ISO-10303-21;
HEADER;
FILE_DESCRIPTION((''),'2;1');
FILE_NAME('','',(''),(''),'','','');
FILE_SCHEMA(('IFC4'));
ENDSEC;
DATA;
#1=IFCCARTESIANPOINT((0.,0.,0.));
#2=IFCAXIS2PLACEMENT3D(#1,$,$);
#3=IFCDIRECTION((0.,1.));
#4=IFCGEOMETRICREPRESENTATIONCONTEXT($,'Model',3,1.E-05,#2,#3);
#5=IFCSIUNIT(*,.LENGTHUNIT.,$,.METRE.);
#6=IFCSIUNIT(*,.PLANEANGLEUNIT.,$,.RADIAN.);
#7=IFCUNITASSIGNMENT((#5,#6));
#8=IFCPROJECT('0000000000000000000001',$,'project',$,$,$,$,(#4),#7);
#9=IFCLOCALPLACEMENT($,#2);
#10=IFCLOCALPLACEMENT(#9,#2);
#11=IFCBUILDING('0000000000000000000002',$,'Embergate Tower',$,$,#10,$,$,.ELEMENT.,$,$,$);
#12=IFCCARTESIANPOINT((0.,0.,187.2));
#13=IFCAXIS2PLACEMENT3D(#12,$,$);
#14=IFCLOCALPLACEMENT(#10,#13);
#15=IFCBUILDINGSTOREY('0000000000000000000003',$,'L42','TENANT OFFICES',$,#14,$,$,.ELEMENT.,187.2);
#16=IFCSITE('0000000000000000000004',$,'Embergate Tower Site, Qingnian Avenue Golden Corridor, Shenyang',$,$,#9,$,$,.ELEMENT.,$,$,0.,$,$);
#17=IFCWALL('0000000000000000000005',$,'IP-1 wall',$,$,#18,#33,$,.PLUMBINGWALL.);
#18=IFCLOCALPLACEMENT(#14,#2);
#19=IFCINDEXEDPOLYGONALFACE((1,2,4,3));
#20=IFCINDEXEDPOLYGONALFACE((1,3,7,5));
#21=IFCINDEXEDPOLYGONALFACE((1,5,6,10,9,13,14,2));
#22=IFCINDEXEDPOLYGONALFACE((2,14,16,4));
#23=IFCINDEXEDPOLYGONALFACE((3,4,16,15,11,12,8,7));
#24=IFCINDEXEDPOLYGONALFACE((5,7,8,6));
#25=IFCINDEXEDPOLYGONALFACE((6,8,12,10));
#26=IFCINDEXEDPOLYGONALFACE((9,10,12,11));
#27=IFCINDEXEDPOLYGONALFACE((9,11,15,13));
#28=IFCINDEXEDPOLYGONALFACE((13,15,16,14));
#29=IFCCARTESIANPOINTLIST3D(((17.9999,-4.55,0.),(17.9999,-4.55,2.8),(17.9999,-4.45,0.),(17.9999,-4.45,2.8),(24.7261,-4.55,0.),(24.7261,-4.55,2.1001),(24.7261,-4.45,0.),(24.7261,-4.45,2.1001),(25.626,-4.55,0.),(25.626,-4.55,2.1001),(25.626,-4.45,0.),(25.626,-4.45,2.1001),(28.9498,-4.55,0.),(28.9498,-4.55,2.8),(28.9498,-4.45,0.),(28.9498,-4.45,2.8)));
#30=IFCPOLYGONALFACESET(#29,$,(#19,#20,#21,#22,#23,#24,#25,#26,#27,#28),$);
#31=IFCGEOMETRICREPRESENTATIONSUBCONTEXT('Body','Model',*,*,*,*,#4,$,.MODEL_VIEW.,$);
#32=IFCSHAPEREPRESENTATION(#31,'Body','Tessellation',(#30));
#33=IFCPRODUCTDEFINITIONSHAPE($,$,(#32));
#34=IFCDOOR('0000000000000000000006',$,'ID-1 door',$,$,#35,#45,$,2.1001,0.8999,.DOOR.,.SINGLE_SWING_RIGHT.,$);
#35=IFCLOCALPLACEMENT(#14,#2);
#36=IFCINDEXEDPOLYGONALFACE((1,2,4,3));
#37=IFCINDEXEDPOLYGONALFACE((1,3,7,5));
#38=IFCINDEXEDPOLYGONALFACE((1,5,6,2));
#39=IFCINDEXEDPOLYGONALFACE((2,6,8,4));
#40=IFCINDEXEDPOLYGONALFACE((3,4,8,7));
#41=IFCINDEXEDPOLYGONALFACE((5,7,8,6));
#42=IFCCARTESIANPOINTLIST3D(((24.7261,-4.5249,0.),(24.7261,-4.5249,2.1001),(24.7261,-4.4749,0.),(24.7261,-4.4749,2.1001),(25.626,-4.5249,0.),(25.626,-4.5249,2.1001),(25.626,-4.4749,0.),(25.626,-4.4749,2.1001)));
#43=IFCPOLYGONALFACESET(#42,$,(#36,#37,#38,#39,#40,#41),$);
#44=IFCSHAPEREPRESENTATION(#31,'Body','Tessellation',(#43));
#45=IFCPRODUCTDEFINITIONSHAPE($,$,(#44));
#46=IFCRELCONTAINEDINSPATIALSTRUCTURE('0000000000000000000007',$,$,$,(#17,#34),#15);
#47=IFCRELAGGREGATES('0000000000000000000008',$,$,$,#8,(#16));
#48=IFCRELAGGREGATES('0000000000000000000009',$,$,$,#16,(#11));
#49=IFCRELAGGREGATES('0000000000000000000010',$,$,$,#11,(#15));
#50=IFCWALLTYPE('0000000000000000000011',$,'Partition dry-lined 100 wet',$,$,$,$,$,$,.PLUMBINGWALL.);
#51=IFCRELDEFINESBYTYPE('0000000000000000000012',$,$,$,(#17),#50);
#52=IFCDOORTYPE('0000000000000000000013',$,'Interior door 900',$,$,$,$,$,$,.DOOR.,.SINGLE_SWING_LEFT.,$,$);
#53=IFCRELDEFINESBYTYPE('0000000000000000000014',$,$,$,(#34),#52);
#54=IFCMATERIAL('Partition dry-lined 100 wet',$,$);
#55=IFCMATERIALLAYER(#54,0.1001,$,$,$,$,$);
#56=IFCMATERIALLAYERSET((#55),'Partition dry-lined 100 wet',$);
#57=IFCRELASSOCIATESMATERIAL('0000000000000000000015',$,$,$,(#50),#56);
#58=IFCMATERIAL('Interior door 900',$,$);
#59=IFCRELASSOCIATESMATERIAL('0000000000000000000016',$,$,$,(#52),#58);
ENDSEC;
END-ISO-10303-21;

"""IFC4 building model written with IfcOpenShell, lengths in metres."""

from ifc_helpers import new_model, si_unit, direction, frame, frame_2d, origin, place, context, subcontext, project, spatial, rectangle, extrude, source, transform, mapped, material, layer, layer_set, type_object, element, fill, save


model = new_model("IFC4")

# Units and contexts
model_context = context("Model", 3, precision=1e-05, world=origin(), true_north=direction((0.0, 1.0)))
body_context = subcontext(model_context, "Body", "Model", "MODEL_VIEW")
ifc_project = project(units=[si_unit("LENGTHUNIT", "METRE"), si_unit("PLANEANGLEUNIT", "RADIAN")], contexts=[model_context])

# Site, building, storey
site_placement = place(None, origin())
site = spatial("IfcSite", under=ifc_project, at=site_placement, Name="Embergate Tower Site, Qingnian Avenue Golden Corridor, Shenyang", CompositionType="ELEMENT", RefElevation=0.0)
building_placement = place(site_placement, origin())
building = spatial("IfcBuilding", under=site, at=building_placement, Name="Embergate Tower", CompositionType="ELEMENT")
storey_placement = place(building_placement, frame((0.0, 0.0, 187.2)))
storey = spatial("IfcBuildingStorey", under=building, at=storey_placement, Name="L42", Description="TENANT OFFICES", CompositionType="ELEMENT", Elevation=187.2)

# Wall, opening, door
shared_shape_1 = source(origin(), body_context, "Body", "SweptSolid", [
    extrude(rectangle(XDim=0.8999, YDim=2.1001, at=frame_2d((0.45, 1.05))), frame((0.0, 0.0249, 0.0), z_axis=(0.0, -1.0, 0.0), x_axis=(1.0, 0.0, 0.0)), (0.0, 0.0, 1.0), 0.05),
])
ifc_material_1 = material(Name="Partition dry-lined 100 wet")
ifc_layer_1 = layer(ifc_material_1, 0.1001)
ifc_layer_set_1 = layer_set([ifc_layer_1], Name="Partition dry-lined 100 wet")
wall_type_1 = type_object("IfcWallType", Name="Partition dry-lined 100 wet", PredefinedType="PLUMBINGWALL", material=ifc_layer_set_1)
shared_shape_2 = source(origin(), body_context, "Body", "SweptSolid", [
    extrude(rectangle(XDim=10.95, YDim=0.1001, at=frame_2d((5.4751, 0.0))), origin(), (0.0, 0.0, 1.0), 2.8),
])
wall_1_placement = place(storey_placement, frame((28.95, -4.5, 0.0), z_axis=(0.0, 0.0, 1.0), x_axis=(-1.0, 0.0, 0.0)))
wall_1 = element("IfcWall", 1, at=wall_1_placement, inside=storey, type_object=wall_type_1, Name="IP-1 wall", PredefinedType="PLUMBINGWALL", context=body_context, shape_type="MappedRepresentation", body=[
    mapped(shared_shape_2, transform((0.0, 0.0, 0.0))),
])
shared_shape_3 = source(origin(), body_context, "Body", "SweptSolid", [
    extrude(rectangle(XDim=0.8999, YDim=2.1001, at=frame_2d((0.45, 1.05))), frame((0.0, 0.0601, 0.0), z_axis=(0.0, -1.0, 0.0), x_axis=(1.0, 0.0, 0.0)), (0.0, 0.0, 1.0), 0.1201),
])
opening_1_placement = place(wall_1_placement, frame((3.324, 0.0, 0.0)))
opening_1 = element("IfcOpeningElement", 2, at=opening_1_placement, cuts=wall_1, PredefinedType="OPENING", context=body_context, shape_type="MappedRepresentation", body=[
    mapped(shared_shape_3, transform((0.0, 0.0, 0.0))),
])
ifc_material_2 = material(Name="Interior door 900")
door_type_1 = type_object("IfcDoorType", Name="Interior door 900", OperationType="SINGLE_SWING_LEFT", PredefinedType="DOOR", material=ifc_material_2)
door_1_placement = place(opening_1_placement, origin())
door_1 = element("IfcDoor", 3, at=door_1_placement, inside=storey, type_object=door_type_1, Name="ID-1 door", OperationType="SINGLE_SWING_RIGHT", OverallHeight=2.1001, OverallWidth=0.8999, PredefinedType="DOOR", context=body_context, shape_type="MappedRepresentation", body=[
    mapped(shared_shape_1, transform((0.0, 0.0, 0.0))),
])
fill(opening_1, door_1)

save(model, "model.ifc")
